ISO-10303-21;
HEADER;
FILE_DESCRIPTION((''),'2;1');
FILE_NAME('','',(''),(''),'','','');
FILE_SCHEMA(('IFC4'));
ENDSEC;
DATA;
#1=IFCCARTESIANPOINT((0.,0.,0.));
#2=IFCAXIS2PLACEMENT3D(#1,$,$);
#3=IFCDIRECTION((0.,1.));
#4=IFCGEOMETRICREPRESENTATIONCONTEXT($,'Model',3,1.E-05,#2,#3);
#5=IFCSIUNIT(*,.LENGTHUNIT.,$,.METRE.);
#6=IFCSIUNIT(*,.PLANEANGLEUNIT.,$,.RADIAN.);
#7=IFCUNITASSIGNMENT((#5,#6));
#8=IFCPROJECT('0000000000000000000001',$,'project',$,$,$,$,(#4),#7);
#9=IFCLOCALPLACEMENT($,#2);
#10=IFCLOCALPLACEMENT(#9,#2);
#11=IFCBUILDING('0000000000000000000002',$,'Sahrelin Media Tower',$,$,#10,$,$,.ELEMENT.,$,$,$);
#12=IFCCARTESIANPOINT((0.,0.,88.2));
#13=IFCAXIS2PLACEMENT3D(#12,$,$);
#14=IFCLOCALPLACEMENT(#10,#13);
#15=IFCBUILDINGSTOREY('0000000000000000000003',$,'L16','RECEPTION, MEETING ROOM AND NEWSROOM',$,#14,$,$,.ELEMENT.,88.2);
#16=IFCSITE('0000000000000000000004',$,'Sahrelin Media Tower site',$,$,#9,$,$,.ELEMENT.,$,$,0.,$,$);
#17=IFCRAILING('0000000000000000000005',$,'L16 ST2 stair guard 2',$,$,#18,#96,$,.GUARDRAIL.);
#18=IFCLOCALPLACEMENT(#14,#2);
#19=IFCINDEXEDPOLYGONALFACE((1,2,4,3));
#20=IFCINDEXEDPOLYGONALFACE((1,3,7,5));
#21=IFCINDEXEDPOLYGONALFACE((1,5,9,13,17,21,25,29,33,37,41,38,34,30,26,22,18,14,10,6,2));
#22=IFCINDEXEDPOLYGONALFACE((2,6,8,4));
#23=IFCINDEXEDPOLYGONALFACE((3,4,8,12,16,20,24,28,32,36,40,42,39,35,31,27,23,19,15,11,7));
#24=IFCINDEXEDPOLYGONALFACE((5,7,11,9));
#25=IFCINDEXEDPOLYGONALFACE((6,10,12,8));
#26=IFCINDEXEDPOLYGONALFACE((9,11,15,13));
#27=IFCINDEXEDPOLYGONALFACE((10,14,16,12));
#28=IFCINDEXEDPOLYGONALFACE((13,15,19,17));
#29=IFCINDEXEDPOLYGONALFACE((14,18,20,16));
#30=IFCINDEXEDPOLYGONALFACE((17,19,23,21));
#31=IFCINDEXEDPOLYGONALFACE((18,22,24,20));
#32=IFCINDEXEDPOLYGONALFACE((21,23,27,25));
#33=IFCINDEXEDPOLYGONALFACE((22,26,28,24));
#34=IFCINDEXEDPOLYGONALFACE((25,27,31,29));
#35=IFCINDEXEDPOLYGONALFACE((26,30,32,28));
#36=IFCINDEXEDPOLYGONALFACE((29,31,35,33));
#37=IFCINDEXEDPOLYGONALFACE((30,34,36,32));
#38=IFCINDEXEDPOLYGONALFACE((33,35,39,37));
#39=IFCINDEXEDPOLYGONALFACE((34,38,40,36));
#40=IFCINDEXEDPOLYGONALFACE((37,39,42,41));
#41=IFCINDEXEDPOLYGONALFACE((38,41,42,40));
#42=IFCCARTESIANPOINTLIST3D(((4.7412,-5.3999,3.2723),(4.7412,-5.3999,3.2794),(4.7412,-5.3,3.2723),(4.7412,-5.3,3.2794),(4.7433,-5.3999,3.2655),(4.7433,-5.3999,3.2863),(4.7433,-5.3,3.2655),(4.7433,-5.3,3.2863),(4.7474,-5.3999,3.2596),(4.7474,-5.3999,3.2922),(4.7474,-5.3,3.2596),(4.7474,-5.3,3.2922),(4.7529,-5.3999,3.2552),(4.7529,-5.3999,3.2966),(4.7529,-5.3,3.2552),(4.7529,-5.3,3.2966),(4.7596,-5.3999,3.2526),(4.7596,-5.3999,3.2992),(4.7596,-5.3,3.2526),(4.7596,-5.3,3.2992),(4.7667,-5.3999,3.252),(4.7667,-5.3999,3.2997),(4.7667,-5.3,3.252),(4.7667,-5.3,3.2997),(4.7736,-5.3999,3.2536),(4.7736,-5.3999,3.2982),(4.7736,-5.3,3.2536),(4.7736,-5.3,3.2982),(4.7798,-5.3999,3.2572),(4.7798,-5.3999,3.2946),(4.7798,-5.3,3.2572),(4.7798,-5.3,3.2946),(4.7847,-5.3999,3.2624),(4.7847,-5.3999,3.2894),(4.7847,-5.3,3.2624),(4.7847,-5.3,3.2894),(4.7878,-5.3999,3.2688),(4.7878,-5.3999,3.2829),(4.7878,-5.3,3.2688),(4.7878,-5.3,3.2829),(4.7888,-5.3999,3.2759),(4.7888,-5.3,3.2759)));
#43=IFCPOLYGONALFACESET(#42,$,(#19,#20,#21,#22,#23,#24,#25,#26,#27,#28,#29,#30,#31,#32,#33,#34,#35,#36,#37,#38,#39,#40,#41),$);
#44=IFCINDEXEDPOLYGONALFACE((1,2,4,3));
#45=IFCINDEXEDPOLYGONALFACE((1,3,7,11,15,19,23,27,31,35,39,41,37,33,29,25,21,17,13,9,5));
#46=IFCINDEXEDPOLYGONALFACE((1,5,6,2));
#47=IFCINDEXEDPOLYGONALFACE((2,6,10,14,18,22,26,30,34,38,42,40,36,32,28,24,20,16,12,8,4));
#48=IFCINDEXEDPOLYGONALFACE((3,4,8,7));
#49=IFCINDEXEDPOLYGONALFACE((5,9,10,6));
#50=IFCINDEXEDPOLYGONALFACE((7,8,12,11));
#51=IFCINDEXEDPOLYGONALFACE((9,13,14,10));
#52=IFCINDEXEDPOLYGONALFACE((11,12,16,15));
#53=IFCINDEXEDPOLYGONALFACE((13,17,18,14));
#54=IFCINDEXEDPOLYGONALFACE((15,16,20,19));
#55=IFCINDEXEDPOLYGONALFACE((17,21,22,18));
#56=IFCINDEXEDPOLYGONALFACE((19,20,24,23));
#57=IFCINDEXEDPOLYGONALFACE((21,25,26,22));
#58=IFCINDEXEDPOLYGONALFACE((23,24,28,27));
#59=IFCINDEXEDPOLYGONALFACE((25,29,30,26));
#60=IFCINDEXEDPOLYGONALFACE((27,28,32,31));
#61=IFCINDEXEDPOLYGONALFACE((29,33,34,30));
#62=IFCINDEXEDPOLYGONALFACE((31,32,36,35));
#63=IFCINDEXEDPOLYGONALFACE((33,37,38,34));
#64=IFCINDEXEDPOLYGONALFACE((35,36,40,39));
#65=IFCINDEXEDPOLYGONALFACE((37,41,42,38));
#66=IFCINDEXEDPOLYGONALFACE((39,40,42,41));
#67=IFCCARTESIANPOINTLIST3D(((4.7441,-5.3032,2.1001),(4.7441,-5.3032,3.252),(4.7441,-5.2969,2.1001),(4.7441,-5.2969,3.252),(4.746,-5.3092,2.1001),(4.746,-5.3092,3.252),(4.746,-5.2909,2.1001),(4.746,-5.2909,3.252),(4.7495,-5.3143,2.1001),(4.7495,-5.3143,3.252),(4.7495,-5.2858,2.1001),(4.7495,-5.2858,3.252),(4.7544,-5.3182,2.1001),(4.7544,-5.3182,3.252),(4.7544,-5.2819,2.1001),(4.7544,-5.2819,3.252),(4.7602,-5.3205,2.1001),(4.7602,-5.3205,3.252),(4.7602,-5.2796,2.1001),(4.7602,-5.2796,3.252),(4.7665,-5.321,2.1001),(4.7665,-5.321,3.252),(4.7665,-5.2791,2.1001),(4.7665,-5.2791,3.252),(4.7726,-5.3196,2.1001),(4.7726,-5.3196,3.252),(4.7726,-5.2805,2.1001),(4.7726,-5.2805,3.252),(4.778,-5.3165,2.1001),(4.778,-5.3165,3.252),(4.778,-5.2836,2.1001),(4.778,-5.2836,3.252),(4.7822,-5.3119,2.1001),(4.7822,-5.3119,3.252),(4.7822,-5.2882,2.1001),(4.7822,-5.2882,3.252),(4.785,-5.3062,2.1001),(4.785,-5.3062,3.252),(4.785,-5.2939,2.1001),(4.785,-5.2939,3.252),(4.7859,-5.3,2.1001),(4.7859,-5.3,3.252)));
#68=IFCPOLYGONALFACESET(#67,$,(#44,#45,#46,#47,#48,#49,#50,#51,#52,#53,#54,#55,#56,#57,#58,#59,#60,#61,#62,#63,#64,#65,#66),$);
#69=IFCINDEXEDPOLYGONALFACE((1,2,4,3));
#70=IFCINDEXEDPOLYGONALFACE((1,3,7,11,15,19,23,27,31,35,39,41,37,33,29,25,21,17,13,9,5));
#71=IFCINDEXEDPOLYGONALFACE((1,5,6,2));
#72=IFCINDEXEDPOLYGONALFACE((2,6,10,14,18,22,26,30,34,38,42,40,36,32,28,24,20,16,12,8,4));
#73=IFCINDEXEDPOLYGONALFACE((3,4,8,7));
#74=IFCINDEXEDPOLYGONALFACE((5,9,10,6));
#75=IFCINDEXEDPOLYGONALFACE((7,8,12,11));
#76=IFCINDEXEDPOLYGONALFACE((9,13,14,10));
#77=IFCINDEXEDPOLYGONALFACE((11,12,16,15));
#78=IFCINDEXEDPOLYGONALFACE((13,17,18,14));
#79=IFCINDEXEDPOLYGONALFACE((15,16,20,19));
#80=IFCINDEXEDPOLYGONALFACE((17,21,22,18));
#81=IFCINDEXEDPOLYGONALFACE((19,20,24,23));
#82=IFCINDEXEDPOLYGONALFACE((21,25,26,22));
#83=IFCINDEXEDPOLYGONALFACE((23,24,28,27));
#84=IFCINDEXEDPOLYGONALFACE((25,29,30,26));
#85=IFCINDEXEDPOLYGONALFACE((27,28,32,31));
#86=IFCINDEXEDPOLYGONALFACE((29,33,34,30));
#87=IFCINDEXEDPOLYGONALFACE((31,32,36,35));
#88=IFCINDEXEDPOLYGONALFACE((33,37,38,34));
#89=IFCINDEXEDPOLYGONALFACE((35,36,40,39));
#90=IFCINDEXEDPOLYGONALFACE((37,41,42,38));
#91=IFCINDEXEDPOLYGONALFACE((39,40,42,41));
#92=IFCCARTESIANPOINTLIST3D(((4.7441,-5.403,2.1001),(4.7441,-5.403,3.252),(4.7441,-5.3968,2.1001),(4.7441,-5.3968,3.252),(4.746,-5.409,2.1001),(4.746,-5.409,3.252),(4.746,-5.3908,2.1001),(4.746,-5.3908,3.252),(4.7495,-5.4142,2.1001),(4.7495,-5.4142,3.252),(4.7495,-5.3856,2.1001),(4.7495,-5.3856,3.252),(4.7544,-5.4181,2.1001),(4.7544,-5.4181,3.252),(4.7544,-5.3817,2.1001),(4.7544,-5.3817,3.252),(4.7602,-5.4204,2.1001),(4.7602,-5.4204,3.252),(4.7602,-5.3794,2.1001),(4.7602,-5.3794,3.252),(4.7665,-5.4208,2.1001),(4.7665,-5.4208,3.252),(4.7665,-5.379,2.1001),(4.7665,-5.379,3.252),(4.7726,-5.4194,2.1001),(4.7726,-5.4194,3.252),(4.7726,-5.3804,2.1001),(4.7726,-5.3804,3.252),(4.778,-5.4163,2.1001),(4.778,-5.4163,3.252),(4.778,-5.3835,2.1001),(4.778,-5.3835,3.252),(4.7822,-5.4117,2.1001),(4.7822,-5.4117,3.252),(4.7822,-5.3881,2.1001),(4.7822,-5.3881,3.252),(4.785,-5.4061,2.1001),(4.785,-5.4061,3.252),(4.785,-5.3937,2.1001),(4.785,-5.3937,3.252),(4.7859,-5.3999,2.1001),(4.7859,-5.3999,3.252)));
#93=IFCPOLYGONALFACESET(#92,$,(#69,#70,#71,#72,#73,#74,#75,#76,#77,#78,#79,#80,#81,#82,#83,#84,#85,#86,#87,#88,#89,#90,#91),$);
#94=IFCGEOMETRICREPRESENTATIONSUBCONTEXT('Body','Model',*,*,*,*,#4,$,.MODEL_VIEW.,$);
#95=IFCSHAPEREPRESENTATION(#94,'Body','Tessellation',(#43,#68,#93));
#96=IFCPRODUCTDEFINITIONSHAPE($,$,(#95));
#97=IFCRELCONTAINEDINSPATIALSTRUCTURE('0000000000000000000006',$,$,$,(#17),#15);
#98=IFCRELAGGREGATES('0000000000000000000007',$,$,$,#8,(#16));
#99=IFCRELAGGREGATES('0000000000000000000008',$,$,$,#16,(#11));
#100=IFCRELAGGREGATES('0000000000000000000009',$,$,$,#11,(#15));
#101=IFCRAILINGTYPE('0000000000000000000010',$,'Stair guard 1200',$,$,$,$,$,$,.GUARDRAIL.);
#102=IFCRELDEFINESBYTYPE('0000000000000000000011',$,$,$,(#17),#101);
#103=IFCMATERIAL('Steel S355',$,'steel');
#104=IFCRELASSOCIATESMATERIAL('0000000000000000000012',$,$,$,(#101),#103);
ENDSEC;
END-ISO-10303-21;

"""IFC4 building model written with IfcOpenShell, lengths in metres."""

from ifc_helpers import new_model, si_unit, direction, frame, origin, origin_2d, place, context, subcontext, project, spatial, circle, extrude, material, type_object, element, save


model = new_model("IFC4")

# Units and contexts
model_context = context("Model", 3, precision=1e-05, world=origin(), true_north=direction((0.0, 1.0)))
body_context = subcontext(model_context, "Body", "Model", "MODEL_VIEW")
ifc_project = project(units=[si_unit("LENGTHUNIT", "METRE"), si_unit("PLANEANGLEUNIT", "RADIAN")], contexts=[model_context])

# Site, building, storey
site_placement = place(None, origin())
site = spatial("IfcSite", under=ifc_project, at=site_placement, Name="Sahrelin Media Tower site", CompositionType="ELEMENT", RefElevation=0.0)
building_placement = place(site_placement, origin())
building = spatial("IfcBuilding", under=site, at=building_placement, Name="Sahrelin Media Tower", CompositionType="ELEMENT")
storey_placement = place(building_placement, frame((0.0, 0.0, 88.2)))
storey = spatial("IfcBuildingStorey", under=building, at=storey_placement, Name="L16", Description="RECEPTION, MEETING ROOM AND NEWSROOM", CompositionType="ELEMENT", Elevation=88.2)

# Railing
ifc_material_1 = material(Name="Steel S355", Category="steel")
railing_type_1 = type_object("IfcRailingType", Name="Stair guard 1200", PredefinedType="GUARDRAIL", material=ifc_material_1)
railing_1_placement = place(storey_placement, frame((4.7649, -5.3, 2.1001)))
element("IfcRailing", 1, at=railing_1_placement, inside=storey, type_object=railing_type_1, Name="L16 ST2 stair guard 2", PredefinedType="GUARDRAIL", context=body_context, shape_type="SweptSolid", body=[
    extrude(circle(Radius=0.0239, at=origin_2d()), frame((0.0, 0.0, 1.1758), z_axis=(0.0, -1.0, 0.0), x_axis=(1.0, 0.0, 0.0)), (0.0, 0.0, 1.0), 0.0999),
    extrude(circle(Radius=0.021, at=origin_2d()), origin(), (0.0, 0.0, 1.0), 1.1519),
    extrude(circle(Radius=0.021, at=origin_2d()), frame((0.0, -0.0999, 0.0)), (0.0, 0.0, 1.0), 1.1519),
])

save(model, "model.ifc")
